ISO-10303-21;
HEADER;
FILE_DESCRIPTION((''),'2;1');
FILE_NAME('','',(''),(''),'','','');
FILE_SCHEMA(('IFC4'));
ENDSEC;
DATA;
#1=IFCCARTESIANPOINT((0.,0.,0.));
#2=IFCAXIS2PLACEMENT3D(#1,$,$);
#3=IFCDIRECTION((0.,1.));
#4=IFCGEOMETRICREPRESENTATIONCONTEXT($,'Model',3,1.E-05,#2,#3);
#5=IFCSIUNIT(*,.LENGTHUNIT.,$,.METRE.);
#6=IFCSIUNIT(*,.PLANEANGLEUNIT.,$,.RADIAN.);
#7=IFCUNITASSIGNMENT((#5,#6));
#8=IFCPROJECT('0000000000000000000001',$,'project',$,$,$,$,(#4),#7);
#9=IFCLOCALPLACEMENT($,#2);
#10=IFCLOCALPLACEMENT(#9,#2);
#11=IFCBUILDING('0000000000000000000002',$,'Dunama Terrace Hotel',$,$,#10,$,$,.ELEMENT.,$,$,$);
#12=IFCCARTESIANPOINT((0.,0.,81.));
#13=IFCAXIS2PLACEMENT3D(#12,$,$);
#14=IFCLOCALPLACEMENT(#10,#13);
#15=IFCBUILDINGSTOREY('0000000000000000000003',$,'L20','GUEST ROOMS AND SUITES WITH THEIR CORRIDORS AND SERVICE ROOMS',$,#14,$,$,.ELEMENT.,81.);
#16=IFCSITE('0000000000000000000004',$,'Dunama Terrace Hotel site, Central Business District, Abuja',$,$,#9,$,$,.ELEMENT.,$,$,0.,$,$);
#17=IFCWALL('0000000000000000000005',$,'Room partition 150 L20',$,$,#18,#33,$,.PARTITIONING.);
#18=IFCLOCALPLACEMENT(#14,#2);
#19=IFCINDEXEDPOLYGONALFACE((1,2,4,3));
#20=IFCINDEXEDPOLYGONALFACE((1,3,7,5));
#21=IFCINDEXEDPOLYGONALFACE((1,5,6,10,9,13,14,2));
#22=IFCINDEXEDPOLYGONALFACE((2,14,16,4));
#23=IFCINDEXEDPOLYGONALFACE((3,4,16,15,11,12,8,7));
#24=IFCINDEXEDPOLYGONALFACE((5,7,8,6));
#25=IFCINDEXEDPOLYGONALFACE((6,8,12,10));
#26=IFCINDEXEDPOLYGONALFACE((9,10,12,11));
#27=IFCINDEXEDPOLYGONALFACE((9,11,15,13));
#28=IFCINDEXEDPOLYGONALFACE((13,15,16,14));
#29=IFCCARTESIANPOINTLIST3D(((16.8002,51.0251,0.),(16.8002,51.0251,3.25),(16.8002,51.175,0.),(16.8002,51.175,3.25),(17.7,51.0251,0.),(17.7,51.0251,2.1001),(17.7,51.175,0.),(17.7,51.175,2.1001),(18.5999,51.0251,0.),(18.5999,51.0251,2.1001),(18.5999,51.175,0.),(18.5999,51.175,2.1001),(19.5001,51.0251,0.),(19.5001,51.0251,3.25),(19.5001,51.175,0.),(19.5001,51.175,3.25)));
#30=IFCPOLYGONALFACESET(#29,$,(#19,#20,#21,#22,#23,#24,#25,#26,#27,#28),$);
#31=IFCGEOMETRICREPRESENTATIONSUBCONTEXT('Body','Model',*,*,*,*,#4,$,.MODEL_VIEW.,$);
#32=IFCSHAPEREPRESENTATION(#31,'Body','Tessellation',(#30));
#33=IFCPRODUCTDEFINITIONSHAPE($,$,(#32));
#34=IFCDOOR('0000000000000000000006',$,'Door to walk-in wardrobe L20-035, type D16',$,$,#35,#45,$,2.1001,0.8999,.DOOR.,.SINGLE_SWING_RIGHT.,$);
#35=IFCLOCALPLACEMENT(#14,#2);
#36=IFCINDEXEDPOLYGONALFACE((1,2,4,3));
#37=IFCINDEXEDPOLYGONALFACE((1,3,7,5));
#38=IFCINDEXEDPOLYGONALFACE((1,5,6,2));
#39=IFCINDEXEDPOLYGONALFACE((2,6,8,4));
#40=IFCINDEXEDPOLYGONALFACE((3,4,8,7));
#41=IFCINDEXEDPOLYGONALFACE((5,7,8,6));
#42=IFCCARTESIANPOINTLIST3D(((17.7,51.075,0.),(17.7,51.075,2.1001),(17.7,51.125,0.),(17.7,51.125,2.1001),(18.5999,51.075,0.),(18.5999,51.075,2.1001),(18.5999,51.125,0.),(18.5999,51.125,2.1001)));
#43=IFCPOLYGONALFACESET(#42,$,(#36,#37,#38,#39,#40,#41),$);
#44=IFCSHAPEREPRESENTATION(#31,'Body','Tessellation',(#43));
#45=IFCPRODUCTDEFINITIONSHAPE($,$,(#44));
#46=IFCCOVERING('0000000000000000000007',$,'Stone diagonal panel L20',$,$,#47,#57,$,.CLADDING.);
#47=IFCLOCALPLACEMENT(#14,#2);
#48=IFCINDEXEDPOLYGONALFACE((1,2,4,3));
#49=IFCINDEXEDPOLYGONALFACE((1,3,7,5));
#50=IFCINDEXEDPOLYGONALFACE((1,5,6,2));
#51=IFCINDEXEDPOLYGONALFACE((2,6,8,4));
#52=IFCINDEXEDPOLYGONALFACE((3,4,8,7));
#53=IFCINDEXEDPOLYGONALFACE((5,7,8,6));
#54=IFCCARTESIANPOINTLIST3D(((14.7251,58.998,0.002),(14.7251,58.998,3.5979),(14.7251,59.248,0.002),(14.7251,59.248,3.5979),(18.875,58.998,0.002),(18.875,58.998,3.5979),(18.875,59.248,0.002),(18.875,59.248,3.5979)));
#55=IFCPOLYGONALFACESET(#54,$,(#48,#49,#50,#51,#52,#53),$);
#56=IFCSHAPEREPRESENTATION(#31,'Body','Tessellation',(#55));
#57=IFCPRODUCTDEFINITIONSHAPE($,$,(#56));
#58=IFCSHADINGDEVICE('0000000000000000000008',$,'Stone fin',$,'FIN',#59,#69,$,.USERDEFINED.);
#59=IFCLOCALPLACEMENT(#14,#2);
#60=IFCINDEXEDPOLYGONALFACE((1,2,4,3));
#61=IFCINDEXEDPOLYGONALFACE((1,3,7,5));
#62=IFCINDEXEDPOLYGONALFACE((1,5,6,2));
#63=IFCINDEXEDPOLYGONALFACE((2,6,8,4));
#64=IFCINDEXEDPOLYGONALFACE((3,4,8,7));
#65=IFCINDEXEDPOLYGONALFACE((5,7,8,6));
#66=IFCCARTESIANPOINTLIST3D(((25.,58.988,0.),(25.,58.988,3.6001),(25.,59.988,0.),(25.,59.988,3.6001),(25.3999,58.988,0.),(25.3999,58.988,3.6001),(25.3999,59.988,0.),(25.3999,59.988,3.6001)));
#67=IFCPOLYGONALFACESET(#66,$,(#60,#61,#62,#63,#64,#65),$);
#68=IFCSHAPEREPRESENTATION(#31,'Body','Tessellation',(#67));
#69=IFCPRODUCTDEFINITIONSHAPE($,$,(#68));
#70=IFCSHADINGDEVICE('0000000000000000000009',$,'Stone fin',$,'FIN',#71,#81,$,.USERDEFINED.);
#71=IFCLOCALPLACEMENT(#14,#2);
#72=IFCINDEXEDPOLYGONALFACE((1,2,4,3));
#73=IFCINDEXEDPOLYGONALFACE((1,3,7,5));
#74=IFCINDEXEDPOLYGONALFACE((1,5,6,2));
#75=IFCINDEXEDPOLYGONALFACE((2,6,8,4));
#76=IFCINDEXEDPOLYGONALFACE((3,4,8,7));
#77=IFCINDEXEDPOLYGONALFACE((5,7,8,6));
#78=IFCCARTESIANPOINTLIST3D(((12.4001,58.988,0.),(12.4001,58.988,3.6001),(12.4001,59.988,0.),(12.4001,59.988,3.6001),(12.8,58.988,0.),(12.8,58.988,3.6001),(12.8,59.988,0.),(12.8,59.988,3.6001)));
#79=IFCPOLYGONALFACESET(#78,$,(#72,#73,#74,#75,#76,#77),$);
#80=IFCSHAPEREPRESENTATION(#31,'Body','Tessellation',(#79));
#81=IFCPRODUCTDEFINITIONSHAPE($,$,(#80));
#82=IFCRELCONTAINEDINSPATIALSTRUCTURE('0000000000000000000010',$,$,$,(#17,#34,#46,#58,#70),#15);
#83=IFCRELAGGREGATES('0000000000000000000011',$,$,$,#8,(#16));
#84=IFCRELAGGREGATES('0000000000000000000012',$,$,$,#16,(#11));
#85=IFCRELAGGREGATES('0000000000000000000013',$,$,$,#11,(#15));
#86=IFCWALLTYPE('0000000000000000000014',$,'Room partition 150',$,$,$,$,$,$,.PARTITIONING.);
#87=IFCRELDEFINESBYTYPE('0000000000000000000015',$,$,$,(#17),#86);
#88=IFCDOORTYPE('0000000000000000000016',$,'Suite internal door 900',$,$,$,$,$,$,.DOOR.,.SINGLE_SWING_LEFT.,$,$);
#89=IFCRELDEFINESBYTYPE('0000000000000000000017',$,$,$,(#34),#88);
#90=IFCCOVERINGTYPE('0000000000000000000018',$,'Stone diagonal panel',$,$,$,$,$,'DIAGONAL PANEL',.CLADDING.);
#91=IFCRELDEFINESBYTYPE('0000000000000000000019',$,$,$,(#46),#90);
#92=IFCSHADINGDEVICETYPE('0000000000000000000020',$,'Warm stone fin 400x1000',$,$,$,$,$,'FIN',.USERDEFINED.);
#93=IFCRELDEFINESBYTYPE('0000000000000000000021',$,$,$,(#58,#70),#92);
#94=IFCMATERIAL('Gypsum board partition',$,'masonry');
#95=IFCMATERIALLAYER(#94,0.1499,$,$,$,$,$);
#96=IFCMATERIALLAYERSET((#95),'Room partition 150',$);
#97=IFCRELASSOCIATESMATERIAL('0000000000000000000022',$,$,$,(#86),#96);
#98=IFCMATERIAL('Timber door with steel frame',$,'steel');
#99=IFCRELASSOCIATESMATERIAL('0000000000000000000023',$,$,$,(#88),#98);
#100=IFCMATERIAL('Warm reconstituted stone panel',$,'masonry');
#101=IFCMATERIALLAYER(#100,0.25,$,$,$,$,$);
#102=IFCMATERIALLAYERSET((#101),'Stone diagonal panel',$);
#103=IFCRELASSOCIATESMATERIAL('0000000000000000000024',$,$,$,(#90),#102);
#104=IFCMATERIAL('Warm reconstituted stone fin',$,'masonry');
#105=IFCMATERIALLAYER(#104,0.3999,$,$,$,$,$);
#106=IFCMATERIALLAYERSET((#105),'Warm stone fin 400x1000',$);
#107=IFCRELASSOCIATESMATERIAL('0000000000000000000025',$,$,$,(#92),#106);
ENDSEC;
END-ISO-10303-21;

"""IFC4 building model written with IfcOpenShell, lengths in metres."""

from ifc_helpers import new_model, si_unit, direction, frame, frame_2d, origin, origin_2d, place, context, subcontext, project, spatial, rectangle, extrude, material, layer, layer_set, type_object, element, fill, save


model = new_model("IFC4")

# Units and contexts
model_context = context("Model", 3, precision=1e-05, world=origin(), true_north=direction((0.0, 1.0)))
body_context = subcontext(model_context, "Body", "Model", "MODEL_VIEW")
ifc_project = project(units=[si_unit("LENGTHUNIT", "METRE"), si_unit("PLANEANGLEUNIT", "RADIAN")], contexts=[model_context])

# Site, building, storey
site_placement = place(None, origin())
site = spatial("IfcSite", under=ifc_project, at=site_placement, Name="Dunama Terrace Hotel site, Central Business District, Abuja", CompositionType="ELEMENT", RefElevation=0.0)
building_placement = place(site_placement, origin())
building = spatial("IfcBuilding", under=site, at=building_placement, Name="Dunama Terrace Hotel", CompositionType="ELEMENT")
storey_placement = place(building_placement, frame((0.0, 0.0, 81.0)))
storey = spatial("IfcBuildingStorey", under=building, at=storey_placement, Name="L20", Description="GUEST ROOMS AND SUITES WITH THEIR CORRIDORS AND SERVICE ROOMS", CompositionType="ELEMENT", Elevation=81.0)

# Shared definitions
ifc_material_1 = material(Name="Gypsum board partition", Category="masonry")
ifc_layer_1 = layer(ifc_material_1, 0.1499)
ifc_layer_set_1 = layer_set([ifc_layer_1], Name="Room partition 150")
wall_type_1 = type_object("IfcWallType", Name="Room partition 150", PredefinedType="PARTITIONING", material=ifc_layer_set_1)

# Wall, opening, door
wall_1_placement = place(storey_placement, frame((16.8, 51.1001, 0.0), z_axis=(0.0, 0.0, 1.0), x_axis=(1.0, 0.0, 0.0)))
wall_1 = element("IfcWall", 1, at=wall_1_placement, inside=storey, type_object=wall_type_1, Name="Room partition 150 L20", PredefinedType="PARTITIONING", context=body_context, shape_type="SweptSolid", body=[
    extrude(rectangle(XDim=2.7, YDim=0.1499, at=frame_2d((1.3501, 0.0))), origin(), (0.0, 0.0, 1.0), 3.25),
])
opening_1_placement = place(wall_1_placement, frame((0.8999, 0.0, 0.0)))
opening_1 = element("IfcOpeningElement", 2, at=opening_1_placement, cuts=wall_1, PredefinedType="OPENING", context=body_context, shape_type="SweptSolid", body=[
    extrude(rectangle(XDim=0.8999, YDim=2.1001, at=frame_2d((0.45, 1.05))), frame((0.0, 0.085, 0.0), z_axis=(0.0, -1.0, 0.0), x_axis=(1.0, 0.0, 0.0)), (0.0, 0.0, 1.0), 0.1699),
])
ifc_material_2 = material(Name="Timber door with steel frame", Category="steel")
door_type_1 = type_object("IfcDoorType", Name="Suite internal door 900", OperationType="SINGLE_SWING_LEFT", PredefinedType="DOOR", material=ifc_material_2)
door_1_placement = place(opening_1_placement, frame((0.8999, 0.0, 0.0), z_axis=(0.0, 0.0, 1.0), x_axis=(-1.0, 0.0, 0.0)))
door_1 = element("IfcDoor", 3, at=door_1_placement, inside=storey, type_object=door_type_1, Name="Door to walk-in wardrobe L20-035, type D16", OperationType="SINGLE_SWING_RIGHT", OverallHeight=2.1001, OverallWidth=0.8999, PredefinedType="DOOR", context=body_context, shape_type="SweptSolid", body=[
    extrude(rectangle(XDim=0.8999, YDim=2.1001, at=frame_2d((0.45, 1.05))), frame((0.0, 0.0251, 0.0), z_axis=(0.0, -1.0, 0.0), x_axis=(1.0, 0.0, 0.0)), (0.0, 0.0, 1.0), 0.05),
])
fill(opening_1, door_1)

# Covering
ifc_material_3 = material(Name="Warm reconstituted stone panel", Category="masonry")
ifc_layer_2 = layer(ifc_material_3, 0.25)
ifc_layer_set_2 = layer_set([ifc_layer_2], Name="Stone diagonal panel")
covering_type = type_object("IfcCoveringType", Name="Stone diagonal panel", ElementType="DIAGONAL PANEL", PredefinedType="CLADDING", material=ifc_layer_set_2)
covering_placement = place(storey_placement, frame((16.8, 59.123, 0.002), z_axis=(0.0, 0.0, 1.0), x_axis=(-1.0, 0.0, 0.0)))
element("IfcCovering", 4, at=covering_placement, inside=storey, type_object=covering_type, Name="Stone diagonal panel L20", PredefinedType="CLADDING", context=body_context, shape_type="SweptSolid", body=[
    extrude(rectangle(XDim=4.1499, YDim=0.25, at=origin_2d()), origin(), (0.0, 0.0, 1.0), 3.5959),
])

# Shading devices
ifc_material_4 = material(Name="Warm reconstituted stone fin", Category="masonry")
ifc_layer_3 = layer(ifc_material_4, 0.3999)
ifc_layer_set_3 = layer_set([ifc_layer_3], Name="Warm stone fin 400x1000")
shading_device_type = type_object("IfcShadingDeviceType", Name="Warm stone fin 400x1000", ElementType="FIN", PredefinedType="USERDEFINED", material=ifc_layer_set_3)
for number, where, z_axis, x_axis, name in (
    (5, (25.2, 59.488, 0.0), (0.0, 0.0, 1.0), (-1.0, 0.0, 0.0), "Stone fin"),
    (6, (12.6001, 59.488, 0.0), (0.0, 0.0, 1.0), (-1.0, 0.0, 0.0), "Stone fin"),
):
    element("IfcShadingDevice", number, at=place(storey_placement, frame(where, z_axis=z_axis, x_axis=x_axis)), inside=storey, type_object=shading_device_type, Name=name, ObjectType="FIN", PredefinedType="USERDEFINED", context=body_context, shape_type="SweptSolid", body=[
        extrude(rectangle(XDim=0.3999, YDim=1.0, at=origin_2d()), origin(), (0.0, 0.0, 1.0), 3.6001),
    ])

save(model, "model.ifc")
